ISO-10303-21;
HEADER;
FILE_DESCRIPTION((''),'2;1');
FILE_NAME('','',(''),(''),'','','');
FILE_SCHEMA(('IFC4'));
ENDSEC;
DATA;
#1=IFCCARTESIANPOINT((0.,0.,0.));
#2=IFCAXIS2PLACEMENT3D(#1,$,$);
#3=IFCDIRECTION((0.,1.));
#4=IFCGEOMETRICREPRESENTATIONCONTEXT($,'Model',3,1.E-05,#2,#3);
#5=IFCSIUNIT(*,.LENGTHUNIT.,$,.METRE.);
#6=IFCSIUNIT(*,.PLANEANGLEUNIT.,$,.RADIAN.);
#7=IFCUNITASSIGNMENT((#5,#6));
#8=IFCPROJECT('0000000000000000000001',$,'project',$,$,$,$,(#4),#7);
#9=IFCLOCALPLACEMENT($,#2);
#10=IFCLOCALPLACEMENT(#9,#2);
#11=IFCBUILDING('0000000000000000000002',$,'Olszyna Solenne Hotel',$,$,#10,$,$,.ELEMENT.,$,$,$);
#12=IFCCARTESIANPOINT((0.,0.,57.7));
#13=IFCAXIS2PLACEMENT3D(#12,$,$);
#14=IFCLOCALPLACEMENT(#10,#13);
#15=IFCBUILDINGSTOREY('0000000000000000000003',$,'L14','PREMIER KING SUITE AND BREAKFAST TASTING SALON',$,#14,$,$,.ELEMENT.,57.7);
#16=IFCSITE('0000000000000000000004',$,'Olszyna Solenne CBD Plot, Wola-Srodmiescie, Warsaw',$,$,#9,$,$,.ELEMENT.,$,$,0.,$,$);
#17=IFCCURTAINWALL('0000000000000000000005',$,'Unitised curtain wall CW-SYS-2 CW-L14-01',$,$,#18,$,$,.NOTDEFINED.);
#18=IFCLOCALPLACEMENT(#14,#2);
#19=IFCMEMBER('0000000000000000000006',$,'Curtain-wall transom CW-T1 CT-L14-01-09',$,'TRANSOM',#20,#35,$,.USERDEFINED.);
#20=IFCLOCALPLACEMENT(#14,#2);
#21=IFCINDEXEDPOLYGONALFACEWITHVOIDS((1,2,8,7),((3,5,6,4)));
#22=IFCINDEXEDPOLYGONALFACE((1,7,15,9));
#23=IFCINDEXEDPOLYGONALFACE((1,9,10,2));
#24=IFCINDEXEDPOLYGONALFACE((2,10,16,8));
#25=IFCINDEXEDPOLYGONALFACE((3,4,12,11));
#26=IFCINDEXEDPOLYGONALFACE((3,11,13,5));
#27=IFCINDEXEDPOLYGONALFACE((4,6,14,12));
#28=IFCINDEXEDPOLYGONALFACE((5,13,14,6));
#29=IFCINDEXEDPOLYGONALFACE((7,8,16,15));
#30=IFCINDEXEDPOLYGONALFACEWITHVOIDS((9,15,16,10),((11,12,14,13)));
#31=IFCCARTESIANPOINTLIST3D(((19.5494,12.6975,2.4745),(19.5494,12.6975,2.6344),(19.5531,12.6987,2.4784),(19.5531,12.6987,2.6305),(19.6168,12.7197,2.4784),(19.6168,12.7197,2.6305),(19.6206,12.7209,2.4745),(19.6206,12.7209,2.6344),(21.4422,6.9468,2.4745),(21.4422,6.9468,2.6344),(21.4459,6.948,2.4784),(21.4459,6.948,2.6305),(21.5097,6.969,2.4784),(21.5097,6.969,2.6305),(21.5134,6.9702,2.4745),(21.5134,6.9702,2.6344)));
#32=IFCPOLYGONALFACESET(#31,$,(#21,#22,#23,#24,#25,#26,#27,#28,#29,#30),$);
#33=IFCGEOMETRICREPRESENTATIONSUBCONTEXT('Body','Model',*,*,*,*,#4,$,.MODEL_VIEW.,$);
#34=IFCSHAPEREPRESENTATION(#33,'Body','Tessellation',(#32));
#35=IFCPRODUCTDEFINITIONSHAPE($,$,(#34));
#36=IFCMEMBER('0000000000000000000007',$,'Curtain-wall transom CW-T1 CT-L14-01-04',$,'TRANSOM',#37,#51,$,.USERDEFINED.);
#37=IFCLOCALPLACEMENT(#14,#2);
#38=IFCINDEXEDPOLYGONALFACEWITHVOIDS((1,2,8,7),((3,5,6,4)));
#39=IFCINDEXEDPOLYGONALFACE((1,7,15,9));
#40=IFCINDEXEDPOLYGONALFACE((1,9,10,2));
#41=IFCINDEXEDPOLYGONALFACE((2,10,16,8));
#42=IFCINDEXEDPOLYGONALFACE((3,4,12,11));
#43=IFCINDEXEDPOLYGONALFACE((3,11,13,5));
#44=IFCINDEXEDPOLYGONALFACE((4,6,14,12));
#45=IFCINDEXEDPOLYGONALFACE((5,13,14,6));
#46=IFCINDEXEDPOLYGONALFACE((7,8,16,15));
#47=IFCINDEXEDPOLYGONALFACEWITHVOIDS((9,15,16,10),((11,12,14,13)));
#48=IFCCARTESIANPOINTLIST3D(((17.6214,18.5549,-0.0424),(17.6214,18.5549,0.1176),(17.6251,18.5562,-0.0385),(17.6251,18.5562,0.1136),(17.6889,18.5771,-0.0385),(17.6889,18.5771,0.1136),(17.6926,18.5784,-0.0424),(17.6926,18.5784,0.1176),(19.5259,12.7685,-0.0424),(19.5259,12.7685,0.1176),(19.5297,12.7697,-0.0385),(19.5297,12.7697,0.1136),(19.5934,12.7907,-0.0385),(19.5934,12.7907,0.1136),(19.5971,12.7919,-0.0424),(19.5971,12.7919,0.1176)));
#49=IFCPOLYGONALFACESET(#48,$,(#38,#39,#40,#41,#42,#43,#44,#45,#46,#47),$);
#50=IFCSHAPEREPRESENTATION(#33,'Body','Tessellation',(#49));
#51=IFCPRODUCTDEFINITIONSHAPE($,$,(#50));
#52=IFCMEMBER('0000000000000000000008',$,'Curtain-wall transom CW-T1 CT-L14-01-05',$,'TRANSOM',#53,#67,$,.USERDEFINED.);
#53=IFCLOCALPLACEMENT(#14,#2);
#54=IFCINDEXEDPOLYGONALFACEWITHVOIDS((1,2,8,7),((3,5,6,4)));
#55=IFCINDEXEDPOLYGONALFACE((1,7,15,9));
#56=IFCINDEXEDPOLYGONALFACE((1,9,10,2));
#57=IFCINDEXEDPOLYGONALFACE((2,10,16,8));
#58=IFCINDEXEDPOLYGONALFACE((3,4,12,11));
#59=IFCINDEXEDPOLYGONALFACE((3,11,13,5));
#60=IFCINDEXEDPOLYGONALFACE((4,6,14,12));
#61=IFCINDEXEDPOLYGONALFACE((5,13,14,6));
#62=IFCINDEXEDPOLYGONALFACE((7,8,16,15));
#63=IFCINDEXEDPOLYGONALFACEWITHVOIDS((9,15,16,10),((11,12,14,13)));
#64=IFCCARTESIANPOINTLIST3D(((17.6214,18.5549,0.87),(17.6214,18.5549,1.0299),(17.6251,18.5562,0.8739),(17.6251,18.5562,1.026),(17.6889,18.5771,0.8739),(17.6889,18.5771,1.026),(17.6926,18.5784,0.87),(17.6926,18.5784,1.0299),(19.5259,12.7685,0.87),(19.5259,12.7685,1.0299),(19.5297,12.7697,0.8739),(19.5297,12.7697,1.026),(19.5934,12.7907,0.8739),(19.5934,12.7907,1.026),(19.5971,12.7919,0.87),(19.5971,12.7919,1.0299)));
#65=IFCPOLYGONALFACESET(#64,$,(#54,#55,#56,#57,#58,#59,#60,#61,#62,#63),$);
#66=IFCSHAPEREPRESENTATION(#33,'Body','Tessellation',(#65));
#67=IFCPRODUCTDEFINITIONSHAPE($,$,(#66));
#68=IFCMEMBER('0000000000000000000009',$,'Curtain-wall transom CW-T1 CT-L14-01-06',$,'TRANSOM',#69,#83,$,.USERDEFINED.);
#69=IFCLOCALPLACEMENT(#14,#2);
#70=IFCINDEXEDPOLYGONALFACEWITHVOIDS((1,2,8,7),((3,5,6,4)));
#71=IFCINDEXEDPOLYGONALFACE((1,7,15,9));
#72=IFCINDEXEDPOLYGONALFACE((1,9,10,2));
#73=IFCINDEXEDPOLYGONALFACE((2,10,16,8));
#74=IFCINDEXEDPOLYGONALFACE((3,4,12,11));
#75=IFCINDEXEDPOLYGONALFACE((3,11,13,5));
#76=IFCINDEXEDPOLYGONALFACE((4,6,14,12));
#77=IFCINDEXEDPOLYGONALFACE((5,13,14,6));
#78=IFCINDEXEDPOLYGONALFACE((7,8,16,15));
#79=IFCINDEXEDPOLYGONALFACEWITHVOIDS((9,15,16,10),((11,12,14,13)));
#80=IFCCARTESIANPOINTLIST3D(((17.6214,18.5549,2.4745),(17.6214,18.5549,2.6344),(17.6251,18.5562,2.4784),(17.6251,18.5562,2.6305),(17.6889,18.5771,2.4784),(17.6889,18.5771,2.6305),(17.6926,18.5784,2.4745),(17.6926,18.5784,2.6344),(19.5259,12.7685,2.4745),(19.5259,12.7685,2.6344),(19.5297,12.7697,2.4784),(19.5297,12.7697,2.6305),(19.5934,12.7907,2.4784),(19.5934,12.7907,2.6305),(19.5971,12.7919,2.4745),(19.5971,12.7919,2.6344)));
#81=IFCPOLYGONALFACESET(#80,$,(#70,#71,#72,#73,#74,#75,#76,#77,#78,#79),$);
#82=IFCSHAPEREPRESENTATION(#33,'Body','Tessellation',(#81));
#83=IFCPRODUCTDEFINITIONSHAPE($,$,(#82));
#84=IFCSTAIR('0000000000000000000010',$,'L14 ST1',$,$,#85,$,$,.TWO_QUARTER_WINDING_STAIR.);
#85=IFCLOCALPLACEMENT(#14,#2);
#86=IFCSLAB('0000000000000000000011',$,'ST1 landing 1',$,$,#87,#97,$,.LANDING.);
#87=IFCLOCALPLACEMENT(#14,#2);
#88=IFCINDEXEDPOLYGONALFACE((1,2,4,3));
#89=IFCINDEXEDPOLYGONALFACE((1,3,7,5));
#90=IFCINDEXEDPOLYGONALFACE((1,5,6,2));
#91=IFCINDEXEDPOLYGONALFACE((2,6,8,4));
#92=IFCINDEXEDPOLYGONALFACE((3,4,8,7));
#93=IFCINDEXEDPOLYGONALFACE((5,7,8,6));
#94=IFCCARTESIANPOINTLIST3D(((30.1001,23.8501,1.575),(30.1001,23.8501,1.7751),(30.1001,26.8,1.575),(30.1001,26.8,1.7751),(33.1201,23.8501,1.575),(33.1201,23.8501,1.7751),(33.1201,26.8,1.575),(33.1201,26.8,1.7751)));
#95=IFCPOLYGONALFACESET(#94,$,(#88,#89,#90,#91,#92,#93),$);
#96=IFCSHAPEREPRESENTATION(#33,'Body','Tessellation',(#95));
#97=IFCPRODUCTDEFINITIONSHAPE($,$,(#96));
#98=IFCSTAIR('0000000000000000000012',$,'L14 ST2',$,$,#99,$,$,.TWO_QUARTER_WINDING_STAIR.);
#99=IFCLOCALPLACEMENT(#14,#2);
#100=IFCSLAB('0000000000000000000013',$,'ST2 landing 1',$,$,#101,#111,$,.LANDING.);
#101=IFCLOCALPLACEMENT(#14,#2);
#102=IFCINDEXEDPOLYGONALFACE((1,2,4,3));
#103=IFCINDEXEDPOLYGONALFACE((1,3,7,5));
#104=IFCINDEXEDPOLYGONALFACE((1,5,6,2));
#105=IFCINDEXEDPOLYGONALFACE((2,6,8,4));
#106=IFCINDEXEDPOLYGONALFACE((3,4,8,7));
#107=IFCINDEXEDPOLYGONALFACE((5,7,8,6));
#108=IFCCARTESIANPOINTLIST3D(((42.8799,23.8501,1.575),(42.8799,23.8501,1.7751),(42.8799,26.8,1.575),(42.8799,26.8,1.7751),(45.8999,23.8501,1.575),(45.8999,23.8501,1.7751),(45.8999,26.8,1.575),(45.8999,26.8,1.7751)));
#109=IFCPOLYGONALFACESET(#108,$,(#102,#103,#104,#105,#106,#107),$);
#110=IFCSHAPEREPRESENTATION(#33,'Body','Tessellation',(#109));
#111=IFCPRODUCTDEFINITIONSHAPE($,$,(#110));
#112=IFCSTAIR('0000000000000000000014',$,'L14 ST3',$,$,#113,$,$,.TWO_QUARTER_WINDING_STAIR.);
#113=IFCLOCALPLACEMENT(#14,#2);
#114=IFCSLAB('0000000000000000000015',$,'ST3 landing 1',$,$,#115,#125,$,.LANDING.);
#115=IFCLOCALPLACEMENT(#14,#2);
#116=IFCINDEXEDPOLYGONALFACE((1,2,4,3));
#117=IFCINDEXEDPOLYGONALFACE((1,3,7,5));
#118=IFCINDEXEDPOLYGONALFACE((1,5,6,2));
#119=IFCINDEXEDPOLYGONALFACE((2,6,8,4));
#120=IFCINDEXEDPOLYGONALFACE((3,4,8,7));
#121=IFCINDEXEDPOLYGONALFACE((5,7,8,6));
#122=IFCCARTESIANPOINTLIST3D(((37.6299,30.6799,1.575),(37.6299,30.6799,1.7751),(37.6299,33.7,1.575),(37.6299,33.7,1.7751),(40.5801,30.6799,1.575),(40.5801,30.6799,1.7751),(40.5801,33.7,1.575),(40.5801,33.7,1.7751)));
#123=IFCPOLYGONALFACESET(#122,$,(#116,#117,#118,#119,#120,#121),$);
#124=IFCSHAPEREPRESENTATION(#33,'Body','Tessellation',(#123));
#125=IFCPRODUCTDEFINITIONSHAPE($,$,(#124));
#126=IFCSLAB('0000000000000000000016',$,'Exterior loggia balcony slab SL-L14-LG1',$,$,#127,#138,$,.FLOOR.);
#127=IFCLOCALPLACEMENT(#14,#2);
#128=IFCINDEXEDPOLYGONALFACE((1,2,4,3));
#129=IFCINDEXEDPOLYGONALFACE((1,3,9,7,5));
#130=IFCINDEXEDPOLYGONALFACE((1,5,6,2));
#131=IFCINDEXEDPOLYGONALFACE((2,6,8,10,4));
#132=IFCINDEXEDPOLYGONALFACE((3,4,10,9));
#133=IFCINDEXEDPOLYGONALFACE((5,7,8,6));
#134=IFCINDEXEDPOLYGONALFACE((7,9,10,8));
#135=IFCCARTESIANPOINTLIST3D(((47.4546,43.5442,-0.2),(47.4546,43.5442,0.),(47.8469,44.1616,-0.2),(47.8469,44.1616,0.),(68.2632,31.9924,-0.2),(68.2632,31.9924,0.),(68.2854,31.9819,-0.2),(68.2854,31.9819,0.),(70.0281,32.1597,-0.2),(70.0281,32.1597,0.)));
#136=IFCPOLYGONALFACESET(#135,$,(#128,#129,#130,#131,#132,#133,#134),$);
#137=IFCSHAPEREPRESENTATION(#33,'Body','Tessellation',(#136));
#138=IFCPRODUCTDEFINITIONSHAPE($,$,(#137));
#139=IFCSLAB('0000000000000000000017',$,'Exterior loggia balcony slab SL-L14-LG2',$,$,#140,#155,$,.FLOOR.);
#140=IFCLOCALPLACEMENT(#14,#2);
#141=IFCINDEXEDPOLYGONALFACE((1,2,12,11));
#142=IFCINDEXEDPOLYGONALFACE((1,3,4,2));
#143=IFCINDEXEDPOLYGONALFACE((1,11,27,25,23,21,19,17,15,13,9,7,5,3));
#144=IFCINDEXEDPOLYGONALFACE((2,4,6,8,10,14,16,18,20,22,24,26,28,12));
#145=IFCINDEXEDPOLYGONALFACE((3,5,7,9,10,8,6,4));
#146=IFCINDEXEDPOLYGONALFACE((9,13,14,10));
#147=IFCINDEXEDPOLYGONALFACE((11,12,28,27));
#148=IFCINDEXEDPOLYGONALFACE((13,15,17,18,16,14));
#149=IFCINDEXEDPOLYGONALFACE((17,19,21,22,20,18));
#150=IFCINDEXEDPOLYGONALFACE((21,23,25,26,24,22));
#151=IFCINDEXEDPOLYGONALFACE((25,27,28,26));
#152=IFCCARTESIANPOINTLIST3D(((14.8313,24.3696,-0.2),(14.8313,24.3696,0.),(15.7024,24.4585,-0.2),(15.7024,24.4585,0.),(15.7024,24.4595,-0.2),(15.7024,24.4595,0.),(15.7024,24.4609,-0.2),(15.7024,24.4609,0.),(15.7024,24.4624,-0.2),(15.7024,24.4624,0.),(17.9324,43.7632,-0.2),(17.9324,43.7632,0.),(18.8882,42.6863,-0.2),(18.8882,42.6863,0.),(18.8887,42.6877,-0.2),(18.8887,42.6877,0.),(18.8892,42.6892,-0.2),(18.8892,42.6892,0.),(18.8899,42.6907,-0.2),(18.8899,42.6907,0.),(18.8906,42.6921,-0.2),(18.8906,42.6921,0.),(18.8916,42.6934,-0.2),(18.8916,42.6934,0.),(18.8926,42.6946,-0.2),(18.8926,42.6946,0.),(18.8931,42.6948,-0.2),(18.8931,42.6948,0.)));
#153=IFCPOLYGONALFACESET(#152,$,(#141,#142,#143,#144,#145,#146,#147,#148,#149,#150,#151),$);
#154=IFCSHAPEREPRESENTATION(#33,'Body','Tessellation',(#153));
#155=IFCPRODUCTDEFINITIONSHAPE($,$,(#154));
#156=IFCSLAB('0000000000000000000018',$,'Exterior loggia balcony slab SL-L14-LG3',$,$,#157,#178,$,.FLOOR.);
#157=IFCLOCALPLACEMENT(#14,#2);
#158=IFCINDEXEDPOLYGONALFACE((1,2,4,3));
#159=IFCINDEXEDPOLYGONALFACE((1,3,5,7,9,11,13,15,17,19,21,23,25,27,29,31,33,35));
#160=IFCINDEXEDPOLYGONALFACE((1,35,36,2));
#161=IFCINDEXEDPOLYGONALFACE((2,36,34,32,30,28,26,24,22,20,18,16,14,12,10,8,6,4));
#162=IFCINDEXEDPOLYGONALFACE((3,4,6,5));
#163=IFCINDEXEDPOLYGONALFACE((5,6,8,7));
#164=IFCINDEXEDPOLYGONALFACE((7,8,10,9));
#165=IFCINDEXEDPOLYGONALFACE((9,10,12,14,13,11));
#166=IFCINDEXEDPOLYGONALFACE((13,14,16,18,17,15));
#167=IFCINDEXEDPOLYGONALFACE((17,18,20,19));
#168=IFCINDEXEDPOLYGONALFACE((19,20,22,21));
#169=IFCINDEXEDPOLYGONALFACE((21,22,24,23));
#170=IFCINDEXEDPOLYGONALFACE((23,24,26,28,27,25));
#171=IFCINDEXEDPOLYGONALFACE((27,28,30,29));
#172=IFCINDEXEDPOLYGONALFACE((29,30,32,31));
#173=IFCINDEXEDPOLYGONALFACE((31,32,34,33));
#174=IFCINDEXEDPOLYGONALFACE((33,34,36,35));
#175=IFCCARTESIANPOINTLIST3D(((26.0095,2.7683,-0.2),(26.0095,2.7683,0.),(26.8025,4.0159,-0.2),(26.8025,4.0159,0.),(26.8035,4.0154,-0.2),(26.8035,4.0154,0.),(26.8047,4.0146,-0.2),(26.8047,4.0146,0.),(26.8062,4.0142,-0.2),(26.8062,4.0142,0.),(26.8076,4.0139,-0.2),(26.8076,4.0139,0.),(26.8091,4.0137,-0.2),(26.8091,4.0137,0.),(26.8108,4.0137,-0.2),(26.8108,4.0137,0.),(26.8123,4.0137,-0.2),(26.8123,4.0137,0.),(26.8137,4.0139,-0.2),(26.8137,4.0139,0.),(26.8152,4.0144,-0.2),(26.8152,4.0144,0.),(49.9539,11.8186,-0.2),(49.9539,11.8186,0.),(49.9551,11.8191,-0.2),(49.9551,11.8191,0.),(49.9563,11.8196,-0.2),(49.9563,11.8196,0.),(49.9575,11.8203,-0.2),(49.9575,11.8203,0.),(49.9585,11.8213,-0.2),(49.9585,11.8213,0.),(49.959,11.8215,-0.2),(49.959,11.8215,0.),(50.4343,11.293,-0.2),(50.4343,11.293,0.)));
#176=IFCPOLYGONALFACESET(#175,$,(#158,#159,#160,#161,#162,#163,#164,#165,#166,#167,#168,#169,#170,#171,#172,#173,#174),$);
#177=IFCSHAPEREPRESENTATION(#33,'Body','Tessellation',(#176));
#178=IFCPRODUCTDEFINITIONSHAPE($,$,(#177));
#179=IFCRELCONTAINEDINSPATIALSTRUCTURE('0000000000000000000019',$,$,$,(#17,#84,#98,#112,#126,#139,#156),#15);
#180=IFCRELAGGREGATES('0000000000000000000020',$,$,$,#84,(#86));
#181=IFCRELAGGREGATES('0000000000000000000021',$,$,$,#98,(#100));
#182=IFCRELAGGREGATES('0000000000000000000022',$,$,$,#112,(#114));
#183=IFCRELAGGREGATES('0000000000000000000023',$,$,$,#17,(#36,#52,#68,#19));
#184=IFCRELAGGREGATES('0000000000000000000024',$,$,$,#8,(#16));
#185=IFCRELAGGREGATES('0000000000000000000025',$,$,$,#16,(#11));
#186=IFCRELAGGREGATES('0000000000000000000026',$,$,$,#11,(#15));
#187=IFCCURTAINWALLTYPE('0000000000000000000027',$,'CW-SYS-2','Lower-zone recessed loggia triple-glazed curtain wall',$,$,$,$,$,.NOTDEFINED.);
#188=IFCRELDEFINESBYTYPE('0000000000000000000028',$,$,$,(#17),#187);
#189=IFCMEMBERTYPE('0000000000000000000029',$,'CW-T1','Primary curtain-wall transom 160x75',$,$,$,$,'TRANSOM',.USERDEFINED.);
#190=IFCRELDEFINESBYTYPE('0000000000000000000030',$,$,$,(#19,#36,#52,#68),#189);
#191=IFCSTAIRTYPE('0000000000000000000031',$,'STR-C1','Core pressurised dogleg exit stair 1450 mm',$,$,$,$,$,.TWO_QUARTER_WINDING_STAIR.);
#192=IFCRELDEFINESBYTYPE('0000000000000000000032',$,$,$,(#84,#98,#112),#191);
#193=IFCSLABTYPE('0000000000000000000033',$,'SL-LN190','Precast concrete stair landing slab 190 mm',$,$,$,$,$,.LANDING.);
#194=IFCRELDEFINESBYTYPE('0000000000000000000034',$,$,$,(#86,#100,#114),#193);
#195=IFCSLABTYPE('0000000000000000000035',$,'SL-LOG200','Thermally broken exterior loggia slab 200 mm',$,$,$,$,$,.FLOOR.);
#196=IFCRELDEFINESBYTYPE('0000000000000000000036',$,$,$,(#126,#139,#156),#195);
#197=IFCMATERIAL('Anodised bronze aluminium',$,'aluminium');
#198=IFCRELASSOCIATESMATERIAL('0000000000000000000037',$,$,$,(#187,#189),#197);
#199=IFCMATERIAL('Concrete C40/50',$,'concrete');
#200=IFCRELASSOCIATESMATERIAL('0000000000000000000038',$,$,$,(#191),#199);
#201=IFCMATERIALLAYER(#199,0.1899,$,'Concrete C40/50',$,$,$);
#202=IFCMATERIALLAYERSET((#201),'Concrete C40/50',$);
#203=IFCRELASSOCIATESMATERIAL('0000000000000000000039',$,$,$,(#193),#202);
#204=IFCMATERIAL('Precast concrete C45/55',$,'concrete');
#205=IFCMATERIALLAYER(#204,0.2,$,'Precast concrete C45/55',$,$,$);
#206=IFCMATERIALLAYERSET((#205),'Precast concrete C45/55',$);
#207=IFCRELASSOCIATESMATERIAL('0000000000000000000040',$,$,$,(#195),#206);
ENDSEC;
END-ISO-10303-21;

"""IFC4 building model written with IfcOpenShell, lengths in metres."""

from ifc_helpers import new_model, si_unit, direction, frame, origin, origin_2d, place, context, subcontext, project, spatial, polyline, hollow_rectangle, outline, extrude, source, transform, mapped, material, layer, layer_set, material_profile, profile_set, type_object, element, aggregate, save


model = new_model("IFC4")

# Units and contexts
model_context = context("Model", 3, precision=1e-05, world=origin(), true_north=direction((0.0, 1.0)))
body_context = subcontext(model_context, "Body", "Model", "MODEL_VIEW")
ifc_project = project(units=[si_unit("LENGTHUNIT", "METRE"), si_unit("PLANEANGLEUNIT", "RADIAN")], contexts=[model_context])

# Site, building, storey
site_placement = place(None, origin())
site = spatial("IfcSite", under=ifc_project, at=site_placement, Name="Olszyna Solenne CBD Plot, Wola-Srodmiescie, Warsaw", CompositionType="ELEMENT", RefElevation=0.0)
building_placement = place(site_placement, origin())
building = spatial("IfcBuilding", under=site, at=building_placement, Name="Olszyna Solenne Hotel", CompositionType="ELEMENT")
storey_placement = place(building_placement, frame((0.0, 0.0, 57.7)))
storey = spatial("IfcBuildingStorey", under=building, at=storey_placement, Name="L14", Description="PREMIER KING SUITE AND BREAKFAST TASTING SALON", CompositionType="ELEMENT", Elevation=57.7)

# Curtain wall, members
ifc_material_1 = material(Name="Anodised bronze aluminium", Category="aluminium")
curtain_wall_type = type_object("IfcCurtainWallType", Name="CW-SYS-2", Description="Lower-zone recessed loggia triple-glazed curtain wall", PredefinedType="NOTDEFINED", material=ifc_material_1)
curtain_wall_placement = place(storey_placement, origin())
curtain_wall = element("IfcCurtainWall", 1, at=curtain_wall_placement, inside=storey, type_object=curtain_wall_type, Name="Unitised curtain wall CW-SYS-2 CW-L14-01", PredefinedType="NOTDEFINED")
ifc_material_profile_1 = material_profile(ifc_material_1, hollow_rectangle(XDim=0.075, YDim=0.1599, WallThickness=0.0039, at=origin_2d()), Name="TRAN 160x75x4", Category="load-bearing")
ifc_profile_set_1 = profile_set([ifc_material_profile_1], Name="Anodised bronze aluminium")
member_type_1 = type_object("IfcMemberType", Name="CW-T1", Description="Primary curtain-wall transom 160x75", ElementType="TRANSOM", PredefinedType="USERDEFINED", material=ifc_profile_set_1)
shared_shape_1 = source(origin(), body_context, "Body", "SweptSolid", [
    extrude(hollow_rectangle(XDim=0.075, YDim=0.1599, WallThickness=0.0039, at=origin_2d()), origin(), (0.0, 0.0, 1.0), 6.0542),
])
member_1_placement = place(storey_placement, frame((19.585, 12.7092, 2.5544), z_axis=(0.312645, -0.94987, 0.0), x_axis=(0.94987, 0.312645, 0.0)))
member_1 = element("IfcMember", 2, at=member_1_placement, type_object=member_type_1, Name="Curtain-wall transom CW-T1 CT-L14-01-09", ObjectType="TRANSOM", PredefinedType="USERDEFINED", context=body_context, shape_type="MappedRepresentation", body=[
    mapped(shared_shape_1, transform((0.0, 0.0, 0.0), x_axis=(1.0, 0.0, 0.0), y_axis=(0.0, 1.0, 0.0), z_axis=(0.0, 0.0, 1.0), scale=1.0)),
])
shared_shape_2 = source(origin(), body_context, "Body", "SweptSolid", [
    extrude(hollow_rectangle(XDim=0.075, YDim=0.1599, WallThickness=0.0039, at=origin_2d()), origin(), (0.0, 0.0, 1.0), 6.0918),
])
member_2_placement = place(storey_placement, frame((17.657, 18.5667, 0.0376), z_axis=(0.312643, -0.949871, 0.0), x_axis=(0.949871, 0.312643, 0.0)))
member_2 = element("IfcMember", 3, at=member_2_placement, type_object=member_type_1, Name="Curtain-wall transom CW-T1 CT-L14-01-04", ObjectType="TRANSOM", PredefinedType="USERDEFINED", context=body_context, shape_type="MappedRepresentation", body=[
    mapped(shared_shape_2, transform((0.0, 0.0, 0.0), x_axis=(1.0, 0.0, 0.0), y_axis=(0.0, 1.0, 0.0), z_axis=(0.0, 0.0, 1.0), scale=1.0)),
])
member_3_placement = place(storey_placement, frame((17.657, 18.5667, 0.95), z_axis=(0.312643, -0.949871, 0.0), x_axis=(0.949871, 0.312643, 0.0)))
member_3 = element("IfcMember", 4, at=member_3_placement, type_object=member_type_1, Name="Curtain-wall transom CW-T1 CT-L14-01-05", ObjectType="TRANSOM", PredefinedType="USERDEFINED", context=body_context, shape_type="MappedRepresentation", body=[
    mapped(shared_shape_2, transform((0.0, 0.0, 0.0), x_axis=(1.0, 0.0, 0.0), y_axis=(0.0, 1.0, 0.0), z_axis=(0.0, 0.0, 1.0), scale=1.0)),
])
member_4_placement = place(storey_placement, frame((17.657, 18.5667, 2.5544), z_axis=(0.312643, -0.949871, 0.0), x_axis=(0.949871, 0.312643, 0.0)))
member_4 = element("IfcMember", 5, at=member_4_placement, type_object=member_type_1, Name="Curtain-wall transom CW-T1 CT-L14-01-06", ObjectType="TRANSOM", PredefinedType="USERDEFINED", context=body_context, shape_type="MappedRepresentation", body=[
    mapped(shared_shape_2, transform((0.0, 0.0, 0.0), x_axis=(1.0, 0.0, 0.0), y_axis=(0.0, 1.0, 0.0), z_axis=(0.0, 0.0, 1.0), scale=1.0)),
])

# Stairs, slabs
ifc_material_2 = material(Name="Concrete C40/50", Category="concrete")
stair_type = type_object("IfcStairType", Name="STR-C1", Description="Core pressurised dogleg exit stair 1450 mm", PredefinedType="TWO_QUARTER_WINDING_STAIR", material=ifc_material_2)
stair_1_placement = place(storey_placement, origin())
stair_1 = element("IfcStair", 6, at=stair_1_placement, inside=storey, type_object=stair_type, Name="L14 ST1", PredefinedType="TWO_QUARTER_WINDING_STAIR")
ifc_layer_1 = layer(ifc_material_2, 0.1899, Name="Concrete C40/50")
ifc_layer_set_1 = layer_set([ifc_layer_1], Name="Concrete C40/50")
slab_type_1 = type_object("IfcSlabType", Name="SL-LN190", Description="Precast concrete stair landing slab 190 mm", PredefinedType="LANDING", material=ifc_layer_set_1)
slab_1_placement = place(storey_placement, frame((0.0, 0.0, 1.575)))
slab_1 = element("IfcSlab", 7, at=slab_1_placement, type_object=slab_type_1, Name="ST1 landing 1", PredefinedType="LANDING", context=body_context, shape_type="SweptSolid", body=[
    extrude(outline(polyline([(33.1201, 23.8501), (33.1201, 26.8), (30.1001, 26.8), (30.1001, 23.8501), (33.1201, 23.8501)])), origin(), (0.0, 0.0, 1.0), 0.2002),
])
aggregate(stair_1, [slab_1])
stair_2_placement = place(storey_placement, origin())
stair_2 = element("IfcStair", 8, at=stair_2_placement, inside=storey, type_object=stair_type, Name="L14 ST2", PredefinedType="TWO_QUARTER_WINDING_STAIR")
slab_2_placement = place(storey_placement, frame((0.0, 0.0, 1.575)))
slab_2 = element("IfcSlab", 9, at=slab_2_placement, type_object=slab_type_1, Name="ST2 landing 1", PredefinedType="LANDING", context=body_context, shape_type="SweptSolid", body=[
    extrude(outline(polyline([(45.8999, 23.8501), (45.8999, 26.8), (42.8799, 26.8), (42.8799, 23.8501), (45.8999, 23.8501)])), origin(), (0.0, 0.0, 1.0), 0.2002),
])
aggregate(stair_2, [slab_2])
stair_3_placement = place(storey_placement, origin())
stair_3 = element("IfcStair", 10, at=stair_3_placement, inside=storey, type_object=stair_type, Name="L14 ST3", PredefinedType="TWO_QUARTER_WINDING_STAIR")
slab_3_placement = place(storey_placement, frame((0.0, 0.0, 1.575)))
slab_3 = element("IfcSlab", 11, at=slab_3_placement, type_object=slab_type_1, Name="ST3 landing 1", PredefinedType="LANDING", context=body_context, shape_type="SweptSolid", body=[
    extrude(outline(polyline([(37.6299, 30.6799), (40.5801, 30.6799), (40.5801, 33.7), (37.6299, 33.7), (37.6299, 30.6799)])), origin(), (0.0, 0.0, 1.0), 0.2002),
])
aggregate(stair_3, [slab_3])

# Slabs
ifc_material_3 = material(Name="Precast concrete C45/55", Category="concrete")
ifc_layer_2 = layer(ifc_material_3, 0.2, Name="Precast concrete C45/55")
ifc_layer_set_2 = layer_set([ifc_layer_2], Name="Precast concrete C45/55")
slab_type_2 = type_object("IfcSlabType", Name="SL-LOG200", Description="Thermally broken exterior loggia slab 200 mm", PredefinedType="FLOOR", material=ifc_layer_set_2)
slab_4_placement = place(storey_placement, frame((0.0, 0.0, -0.2)))
element("IfcSlab", 12, at=slab_4_placement, inside=storey, type_object=slab_type_2, Name="Exterior loggia balcony slab SL-L14-LG1", PredefinedType="FLOOR", context=body_context, shape_type="SweptSolid", body=[
    extrude(outline(polyline([(47.4546, 43.5442), (68.2632, 31.9924), (68.2854, 31.9819), (70.0281, 32.1597), (47.8469, 44.1616), (47.4546, 43.5442)])), origin(), (0.0, 0.0, 1.0), 0.2),
])
slab_5_placement = place(storey_placement, frame((0.0, 0.0, -0.2)))
element("IfcSlab", 13, at=slab_5_placement, inside=storey, type_object=slab_type_2, Name="Exterior loggia balcony slab SL-L14-LG2", PredefinedType="FLOOR", context=body_context, shape_type="SweptSolid", body=[
    extrude(outline(polyline([(15.7024, 24.4585), (15.7024, 24.4595), (15.7024, 24.4609), (15.7024, 24.4624), (18.8882, 42.6863), (18.8887, 42.6877), (18.8892, 42.6892), (18.8899, 42.6907), (18.8906, 42.6921), (18.8916, 42.6934), (18.8926, 42.6946), (18.8931, 42.6948), (17.9324, 43.7632), (14.8313, 24.3696), (15.7024, 24.4585)])), origin(), (0.0, 0.0, 1.0), 0.2),
])
slab_6_placement = place(storey_placement, frame((0.0, 0.0, -0.2)))
element("IfcSlab", 14, at=slab_6_placement, inside=storey, type_object=slab_type_2, Name="Exterior loggia balcony slab SL-L14-LG3", PredefinedType="FLOOR", context=body_context, shape_type="SweptSolid", body=[
    extrude(outline(polyline([(49.959, 11.8215), (49.9585, 11.8213), (49.9575, 11.8203), (49.9563, 11.8196), (49.9551, 11.8191), (49.9539, 11.8186), (26.8152, 4.0144), (26.8137, 4.0139), (26.8123, 4.0137), (26.8108, 4.0137), (26.8091, 4.0137), (26.8076, 4.0139), (26.8062, 4.0142), (26.8047, 4.0146), (26.8035, 4.0154), (26.8025, 4.0159), (26.0095, 2.7683), (50.4343, 11.293), (49.959, 11.8215)])), origin(), (0.0, 0.0, 1.0), 0.2),
])

aggregate(curtain_wall, [member_2, member_3, member_4, member_1])

save(model, "model.ifc")
